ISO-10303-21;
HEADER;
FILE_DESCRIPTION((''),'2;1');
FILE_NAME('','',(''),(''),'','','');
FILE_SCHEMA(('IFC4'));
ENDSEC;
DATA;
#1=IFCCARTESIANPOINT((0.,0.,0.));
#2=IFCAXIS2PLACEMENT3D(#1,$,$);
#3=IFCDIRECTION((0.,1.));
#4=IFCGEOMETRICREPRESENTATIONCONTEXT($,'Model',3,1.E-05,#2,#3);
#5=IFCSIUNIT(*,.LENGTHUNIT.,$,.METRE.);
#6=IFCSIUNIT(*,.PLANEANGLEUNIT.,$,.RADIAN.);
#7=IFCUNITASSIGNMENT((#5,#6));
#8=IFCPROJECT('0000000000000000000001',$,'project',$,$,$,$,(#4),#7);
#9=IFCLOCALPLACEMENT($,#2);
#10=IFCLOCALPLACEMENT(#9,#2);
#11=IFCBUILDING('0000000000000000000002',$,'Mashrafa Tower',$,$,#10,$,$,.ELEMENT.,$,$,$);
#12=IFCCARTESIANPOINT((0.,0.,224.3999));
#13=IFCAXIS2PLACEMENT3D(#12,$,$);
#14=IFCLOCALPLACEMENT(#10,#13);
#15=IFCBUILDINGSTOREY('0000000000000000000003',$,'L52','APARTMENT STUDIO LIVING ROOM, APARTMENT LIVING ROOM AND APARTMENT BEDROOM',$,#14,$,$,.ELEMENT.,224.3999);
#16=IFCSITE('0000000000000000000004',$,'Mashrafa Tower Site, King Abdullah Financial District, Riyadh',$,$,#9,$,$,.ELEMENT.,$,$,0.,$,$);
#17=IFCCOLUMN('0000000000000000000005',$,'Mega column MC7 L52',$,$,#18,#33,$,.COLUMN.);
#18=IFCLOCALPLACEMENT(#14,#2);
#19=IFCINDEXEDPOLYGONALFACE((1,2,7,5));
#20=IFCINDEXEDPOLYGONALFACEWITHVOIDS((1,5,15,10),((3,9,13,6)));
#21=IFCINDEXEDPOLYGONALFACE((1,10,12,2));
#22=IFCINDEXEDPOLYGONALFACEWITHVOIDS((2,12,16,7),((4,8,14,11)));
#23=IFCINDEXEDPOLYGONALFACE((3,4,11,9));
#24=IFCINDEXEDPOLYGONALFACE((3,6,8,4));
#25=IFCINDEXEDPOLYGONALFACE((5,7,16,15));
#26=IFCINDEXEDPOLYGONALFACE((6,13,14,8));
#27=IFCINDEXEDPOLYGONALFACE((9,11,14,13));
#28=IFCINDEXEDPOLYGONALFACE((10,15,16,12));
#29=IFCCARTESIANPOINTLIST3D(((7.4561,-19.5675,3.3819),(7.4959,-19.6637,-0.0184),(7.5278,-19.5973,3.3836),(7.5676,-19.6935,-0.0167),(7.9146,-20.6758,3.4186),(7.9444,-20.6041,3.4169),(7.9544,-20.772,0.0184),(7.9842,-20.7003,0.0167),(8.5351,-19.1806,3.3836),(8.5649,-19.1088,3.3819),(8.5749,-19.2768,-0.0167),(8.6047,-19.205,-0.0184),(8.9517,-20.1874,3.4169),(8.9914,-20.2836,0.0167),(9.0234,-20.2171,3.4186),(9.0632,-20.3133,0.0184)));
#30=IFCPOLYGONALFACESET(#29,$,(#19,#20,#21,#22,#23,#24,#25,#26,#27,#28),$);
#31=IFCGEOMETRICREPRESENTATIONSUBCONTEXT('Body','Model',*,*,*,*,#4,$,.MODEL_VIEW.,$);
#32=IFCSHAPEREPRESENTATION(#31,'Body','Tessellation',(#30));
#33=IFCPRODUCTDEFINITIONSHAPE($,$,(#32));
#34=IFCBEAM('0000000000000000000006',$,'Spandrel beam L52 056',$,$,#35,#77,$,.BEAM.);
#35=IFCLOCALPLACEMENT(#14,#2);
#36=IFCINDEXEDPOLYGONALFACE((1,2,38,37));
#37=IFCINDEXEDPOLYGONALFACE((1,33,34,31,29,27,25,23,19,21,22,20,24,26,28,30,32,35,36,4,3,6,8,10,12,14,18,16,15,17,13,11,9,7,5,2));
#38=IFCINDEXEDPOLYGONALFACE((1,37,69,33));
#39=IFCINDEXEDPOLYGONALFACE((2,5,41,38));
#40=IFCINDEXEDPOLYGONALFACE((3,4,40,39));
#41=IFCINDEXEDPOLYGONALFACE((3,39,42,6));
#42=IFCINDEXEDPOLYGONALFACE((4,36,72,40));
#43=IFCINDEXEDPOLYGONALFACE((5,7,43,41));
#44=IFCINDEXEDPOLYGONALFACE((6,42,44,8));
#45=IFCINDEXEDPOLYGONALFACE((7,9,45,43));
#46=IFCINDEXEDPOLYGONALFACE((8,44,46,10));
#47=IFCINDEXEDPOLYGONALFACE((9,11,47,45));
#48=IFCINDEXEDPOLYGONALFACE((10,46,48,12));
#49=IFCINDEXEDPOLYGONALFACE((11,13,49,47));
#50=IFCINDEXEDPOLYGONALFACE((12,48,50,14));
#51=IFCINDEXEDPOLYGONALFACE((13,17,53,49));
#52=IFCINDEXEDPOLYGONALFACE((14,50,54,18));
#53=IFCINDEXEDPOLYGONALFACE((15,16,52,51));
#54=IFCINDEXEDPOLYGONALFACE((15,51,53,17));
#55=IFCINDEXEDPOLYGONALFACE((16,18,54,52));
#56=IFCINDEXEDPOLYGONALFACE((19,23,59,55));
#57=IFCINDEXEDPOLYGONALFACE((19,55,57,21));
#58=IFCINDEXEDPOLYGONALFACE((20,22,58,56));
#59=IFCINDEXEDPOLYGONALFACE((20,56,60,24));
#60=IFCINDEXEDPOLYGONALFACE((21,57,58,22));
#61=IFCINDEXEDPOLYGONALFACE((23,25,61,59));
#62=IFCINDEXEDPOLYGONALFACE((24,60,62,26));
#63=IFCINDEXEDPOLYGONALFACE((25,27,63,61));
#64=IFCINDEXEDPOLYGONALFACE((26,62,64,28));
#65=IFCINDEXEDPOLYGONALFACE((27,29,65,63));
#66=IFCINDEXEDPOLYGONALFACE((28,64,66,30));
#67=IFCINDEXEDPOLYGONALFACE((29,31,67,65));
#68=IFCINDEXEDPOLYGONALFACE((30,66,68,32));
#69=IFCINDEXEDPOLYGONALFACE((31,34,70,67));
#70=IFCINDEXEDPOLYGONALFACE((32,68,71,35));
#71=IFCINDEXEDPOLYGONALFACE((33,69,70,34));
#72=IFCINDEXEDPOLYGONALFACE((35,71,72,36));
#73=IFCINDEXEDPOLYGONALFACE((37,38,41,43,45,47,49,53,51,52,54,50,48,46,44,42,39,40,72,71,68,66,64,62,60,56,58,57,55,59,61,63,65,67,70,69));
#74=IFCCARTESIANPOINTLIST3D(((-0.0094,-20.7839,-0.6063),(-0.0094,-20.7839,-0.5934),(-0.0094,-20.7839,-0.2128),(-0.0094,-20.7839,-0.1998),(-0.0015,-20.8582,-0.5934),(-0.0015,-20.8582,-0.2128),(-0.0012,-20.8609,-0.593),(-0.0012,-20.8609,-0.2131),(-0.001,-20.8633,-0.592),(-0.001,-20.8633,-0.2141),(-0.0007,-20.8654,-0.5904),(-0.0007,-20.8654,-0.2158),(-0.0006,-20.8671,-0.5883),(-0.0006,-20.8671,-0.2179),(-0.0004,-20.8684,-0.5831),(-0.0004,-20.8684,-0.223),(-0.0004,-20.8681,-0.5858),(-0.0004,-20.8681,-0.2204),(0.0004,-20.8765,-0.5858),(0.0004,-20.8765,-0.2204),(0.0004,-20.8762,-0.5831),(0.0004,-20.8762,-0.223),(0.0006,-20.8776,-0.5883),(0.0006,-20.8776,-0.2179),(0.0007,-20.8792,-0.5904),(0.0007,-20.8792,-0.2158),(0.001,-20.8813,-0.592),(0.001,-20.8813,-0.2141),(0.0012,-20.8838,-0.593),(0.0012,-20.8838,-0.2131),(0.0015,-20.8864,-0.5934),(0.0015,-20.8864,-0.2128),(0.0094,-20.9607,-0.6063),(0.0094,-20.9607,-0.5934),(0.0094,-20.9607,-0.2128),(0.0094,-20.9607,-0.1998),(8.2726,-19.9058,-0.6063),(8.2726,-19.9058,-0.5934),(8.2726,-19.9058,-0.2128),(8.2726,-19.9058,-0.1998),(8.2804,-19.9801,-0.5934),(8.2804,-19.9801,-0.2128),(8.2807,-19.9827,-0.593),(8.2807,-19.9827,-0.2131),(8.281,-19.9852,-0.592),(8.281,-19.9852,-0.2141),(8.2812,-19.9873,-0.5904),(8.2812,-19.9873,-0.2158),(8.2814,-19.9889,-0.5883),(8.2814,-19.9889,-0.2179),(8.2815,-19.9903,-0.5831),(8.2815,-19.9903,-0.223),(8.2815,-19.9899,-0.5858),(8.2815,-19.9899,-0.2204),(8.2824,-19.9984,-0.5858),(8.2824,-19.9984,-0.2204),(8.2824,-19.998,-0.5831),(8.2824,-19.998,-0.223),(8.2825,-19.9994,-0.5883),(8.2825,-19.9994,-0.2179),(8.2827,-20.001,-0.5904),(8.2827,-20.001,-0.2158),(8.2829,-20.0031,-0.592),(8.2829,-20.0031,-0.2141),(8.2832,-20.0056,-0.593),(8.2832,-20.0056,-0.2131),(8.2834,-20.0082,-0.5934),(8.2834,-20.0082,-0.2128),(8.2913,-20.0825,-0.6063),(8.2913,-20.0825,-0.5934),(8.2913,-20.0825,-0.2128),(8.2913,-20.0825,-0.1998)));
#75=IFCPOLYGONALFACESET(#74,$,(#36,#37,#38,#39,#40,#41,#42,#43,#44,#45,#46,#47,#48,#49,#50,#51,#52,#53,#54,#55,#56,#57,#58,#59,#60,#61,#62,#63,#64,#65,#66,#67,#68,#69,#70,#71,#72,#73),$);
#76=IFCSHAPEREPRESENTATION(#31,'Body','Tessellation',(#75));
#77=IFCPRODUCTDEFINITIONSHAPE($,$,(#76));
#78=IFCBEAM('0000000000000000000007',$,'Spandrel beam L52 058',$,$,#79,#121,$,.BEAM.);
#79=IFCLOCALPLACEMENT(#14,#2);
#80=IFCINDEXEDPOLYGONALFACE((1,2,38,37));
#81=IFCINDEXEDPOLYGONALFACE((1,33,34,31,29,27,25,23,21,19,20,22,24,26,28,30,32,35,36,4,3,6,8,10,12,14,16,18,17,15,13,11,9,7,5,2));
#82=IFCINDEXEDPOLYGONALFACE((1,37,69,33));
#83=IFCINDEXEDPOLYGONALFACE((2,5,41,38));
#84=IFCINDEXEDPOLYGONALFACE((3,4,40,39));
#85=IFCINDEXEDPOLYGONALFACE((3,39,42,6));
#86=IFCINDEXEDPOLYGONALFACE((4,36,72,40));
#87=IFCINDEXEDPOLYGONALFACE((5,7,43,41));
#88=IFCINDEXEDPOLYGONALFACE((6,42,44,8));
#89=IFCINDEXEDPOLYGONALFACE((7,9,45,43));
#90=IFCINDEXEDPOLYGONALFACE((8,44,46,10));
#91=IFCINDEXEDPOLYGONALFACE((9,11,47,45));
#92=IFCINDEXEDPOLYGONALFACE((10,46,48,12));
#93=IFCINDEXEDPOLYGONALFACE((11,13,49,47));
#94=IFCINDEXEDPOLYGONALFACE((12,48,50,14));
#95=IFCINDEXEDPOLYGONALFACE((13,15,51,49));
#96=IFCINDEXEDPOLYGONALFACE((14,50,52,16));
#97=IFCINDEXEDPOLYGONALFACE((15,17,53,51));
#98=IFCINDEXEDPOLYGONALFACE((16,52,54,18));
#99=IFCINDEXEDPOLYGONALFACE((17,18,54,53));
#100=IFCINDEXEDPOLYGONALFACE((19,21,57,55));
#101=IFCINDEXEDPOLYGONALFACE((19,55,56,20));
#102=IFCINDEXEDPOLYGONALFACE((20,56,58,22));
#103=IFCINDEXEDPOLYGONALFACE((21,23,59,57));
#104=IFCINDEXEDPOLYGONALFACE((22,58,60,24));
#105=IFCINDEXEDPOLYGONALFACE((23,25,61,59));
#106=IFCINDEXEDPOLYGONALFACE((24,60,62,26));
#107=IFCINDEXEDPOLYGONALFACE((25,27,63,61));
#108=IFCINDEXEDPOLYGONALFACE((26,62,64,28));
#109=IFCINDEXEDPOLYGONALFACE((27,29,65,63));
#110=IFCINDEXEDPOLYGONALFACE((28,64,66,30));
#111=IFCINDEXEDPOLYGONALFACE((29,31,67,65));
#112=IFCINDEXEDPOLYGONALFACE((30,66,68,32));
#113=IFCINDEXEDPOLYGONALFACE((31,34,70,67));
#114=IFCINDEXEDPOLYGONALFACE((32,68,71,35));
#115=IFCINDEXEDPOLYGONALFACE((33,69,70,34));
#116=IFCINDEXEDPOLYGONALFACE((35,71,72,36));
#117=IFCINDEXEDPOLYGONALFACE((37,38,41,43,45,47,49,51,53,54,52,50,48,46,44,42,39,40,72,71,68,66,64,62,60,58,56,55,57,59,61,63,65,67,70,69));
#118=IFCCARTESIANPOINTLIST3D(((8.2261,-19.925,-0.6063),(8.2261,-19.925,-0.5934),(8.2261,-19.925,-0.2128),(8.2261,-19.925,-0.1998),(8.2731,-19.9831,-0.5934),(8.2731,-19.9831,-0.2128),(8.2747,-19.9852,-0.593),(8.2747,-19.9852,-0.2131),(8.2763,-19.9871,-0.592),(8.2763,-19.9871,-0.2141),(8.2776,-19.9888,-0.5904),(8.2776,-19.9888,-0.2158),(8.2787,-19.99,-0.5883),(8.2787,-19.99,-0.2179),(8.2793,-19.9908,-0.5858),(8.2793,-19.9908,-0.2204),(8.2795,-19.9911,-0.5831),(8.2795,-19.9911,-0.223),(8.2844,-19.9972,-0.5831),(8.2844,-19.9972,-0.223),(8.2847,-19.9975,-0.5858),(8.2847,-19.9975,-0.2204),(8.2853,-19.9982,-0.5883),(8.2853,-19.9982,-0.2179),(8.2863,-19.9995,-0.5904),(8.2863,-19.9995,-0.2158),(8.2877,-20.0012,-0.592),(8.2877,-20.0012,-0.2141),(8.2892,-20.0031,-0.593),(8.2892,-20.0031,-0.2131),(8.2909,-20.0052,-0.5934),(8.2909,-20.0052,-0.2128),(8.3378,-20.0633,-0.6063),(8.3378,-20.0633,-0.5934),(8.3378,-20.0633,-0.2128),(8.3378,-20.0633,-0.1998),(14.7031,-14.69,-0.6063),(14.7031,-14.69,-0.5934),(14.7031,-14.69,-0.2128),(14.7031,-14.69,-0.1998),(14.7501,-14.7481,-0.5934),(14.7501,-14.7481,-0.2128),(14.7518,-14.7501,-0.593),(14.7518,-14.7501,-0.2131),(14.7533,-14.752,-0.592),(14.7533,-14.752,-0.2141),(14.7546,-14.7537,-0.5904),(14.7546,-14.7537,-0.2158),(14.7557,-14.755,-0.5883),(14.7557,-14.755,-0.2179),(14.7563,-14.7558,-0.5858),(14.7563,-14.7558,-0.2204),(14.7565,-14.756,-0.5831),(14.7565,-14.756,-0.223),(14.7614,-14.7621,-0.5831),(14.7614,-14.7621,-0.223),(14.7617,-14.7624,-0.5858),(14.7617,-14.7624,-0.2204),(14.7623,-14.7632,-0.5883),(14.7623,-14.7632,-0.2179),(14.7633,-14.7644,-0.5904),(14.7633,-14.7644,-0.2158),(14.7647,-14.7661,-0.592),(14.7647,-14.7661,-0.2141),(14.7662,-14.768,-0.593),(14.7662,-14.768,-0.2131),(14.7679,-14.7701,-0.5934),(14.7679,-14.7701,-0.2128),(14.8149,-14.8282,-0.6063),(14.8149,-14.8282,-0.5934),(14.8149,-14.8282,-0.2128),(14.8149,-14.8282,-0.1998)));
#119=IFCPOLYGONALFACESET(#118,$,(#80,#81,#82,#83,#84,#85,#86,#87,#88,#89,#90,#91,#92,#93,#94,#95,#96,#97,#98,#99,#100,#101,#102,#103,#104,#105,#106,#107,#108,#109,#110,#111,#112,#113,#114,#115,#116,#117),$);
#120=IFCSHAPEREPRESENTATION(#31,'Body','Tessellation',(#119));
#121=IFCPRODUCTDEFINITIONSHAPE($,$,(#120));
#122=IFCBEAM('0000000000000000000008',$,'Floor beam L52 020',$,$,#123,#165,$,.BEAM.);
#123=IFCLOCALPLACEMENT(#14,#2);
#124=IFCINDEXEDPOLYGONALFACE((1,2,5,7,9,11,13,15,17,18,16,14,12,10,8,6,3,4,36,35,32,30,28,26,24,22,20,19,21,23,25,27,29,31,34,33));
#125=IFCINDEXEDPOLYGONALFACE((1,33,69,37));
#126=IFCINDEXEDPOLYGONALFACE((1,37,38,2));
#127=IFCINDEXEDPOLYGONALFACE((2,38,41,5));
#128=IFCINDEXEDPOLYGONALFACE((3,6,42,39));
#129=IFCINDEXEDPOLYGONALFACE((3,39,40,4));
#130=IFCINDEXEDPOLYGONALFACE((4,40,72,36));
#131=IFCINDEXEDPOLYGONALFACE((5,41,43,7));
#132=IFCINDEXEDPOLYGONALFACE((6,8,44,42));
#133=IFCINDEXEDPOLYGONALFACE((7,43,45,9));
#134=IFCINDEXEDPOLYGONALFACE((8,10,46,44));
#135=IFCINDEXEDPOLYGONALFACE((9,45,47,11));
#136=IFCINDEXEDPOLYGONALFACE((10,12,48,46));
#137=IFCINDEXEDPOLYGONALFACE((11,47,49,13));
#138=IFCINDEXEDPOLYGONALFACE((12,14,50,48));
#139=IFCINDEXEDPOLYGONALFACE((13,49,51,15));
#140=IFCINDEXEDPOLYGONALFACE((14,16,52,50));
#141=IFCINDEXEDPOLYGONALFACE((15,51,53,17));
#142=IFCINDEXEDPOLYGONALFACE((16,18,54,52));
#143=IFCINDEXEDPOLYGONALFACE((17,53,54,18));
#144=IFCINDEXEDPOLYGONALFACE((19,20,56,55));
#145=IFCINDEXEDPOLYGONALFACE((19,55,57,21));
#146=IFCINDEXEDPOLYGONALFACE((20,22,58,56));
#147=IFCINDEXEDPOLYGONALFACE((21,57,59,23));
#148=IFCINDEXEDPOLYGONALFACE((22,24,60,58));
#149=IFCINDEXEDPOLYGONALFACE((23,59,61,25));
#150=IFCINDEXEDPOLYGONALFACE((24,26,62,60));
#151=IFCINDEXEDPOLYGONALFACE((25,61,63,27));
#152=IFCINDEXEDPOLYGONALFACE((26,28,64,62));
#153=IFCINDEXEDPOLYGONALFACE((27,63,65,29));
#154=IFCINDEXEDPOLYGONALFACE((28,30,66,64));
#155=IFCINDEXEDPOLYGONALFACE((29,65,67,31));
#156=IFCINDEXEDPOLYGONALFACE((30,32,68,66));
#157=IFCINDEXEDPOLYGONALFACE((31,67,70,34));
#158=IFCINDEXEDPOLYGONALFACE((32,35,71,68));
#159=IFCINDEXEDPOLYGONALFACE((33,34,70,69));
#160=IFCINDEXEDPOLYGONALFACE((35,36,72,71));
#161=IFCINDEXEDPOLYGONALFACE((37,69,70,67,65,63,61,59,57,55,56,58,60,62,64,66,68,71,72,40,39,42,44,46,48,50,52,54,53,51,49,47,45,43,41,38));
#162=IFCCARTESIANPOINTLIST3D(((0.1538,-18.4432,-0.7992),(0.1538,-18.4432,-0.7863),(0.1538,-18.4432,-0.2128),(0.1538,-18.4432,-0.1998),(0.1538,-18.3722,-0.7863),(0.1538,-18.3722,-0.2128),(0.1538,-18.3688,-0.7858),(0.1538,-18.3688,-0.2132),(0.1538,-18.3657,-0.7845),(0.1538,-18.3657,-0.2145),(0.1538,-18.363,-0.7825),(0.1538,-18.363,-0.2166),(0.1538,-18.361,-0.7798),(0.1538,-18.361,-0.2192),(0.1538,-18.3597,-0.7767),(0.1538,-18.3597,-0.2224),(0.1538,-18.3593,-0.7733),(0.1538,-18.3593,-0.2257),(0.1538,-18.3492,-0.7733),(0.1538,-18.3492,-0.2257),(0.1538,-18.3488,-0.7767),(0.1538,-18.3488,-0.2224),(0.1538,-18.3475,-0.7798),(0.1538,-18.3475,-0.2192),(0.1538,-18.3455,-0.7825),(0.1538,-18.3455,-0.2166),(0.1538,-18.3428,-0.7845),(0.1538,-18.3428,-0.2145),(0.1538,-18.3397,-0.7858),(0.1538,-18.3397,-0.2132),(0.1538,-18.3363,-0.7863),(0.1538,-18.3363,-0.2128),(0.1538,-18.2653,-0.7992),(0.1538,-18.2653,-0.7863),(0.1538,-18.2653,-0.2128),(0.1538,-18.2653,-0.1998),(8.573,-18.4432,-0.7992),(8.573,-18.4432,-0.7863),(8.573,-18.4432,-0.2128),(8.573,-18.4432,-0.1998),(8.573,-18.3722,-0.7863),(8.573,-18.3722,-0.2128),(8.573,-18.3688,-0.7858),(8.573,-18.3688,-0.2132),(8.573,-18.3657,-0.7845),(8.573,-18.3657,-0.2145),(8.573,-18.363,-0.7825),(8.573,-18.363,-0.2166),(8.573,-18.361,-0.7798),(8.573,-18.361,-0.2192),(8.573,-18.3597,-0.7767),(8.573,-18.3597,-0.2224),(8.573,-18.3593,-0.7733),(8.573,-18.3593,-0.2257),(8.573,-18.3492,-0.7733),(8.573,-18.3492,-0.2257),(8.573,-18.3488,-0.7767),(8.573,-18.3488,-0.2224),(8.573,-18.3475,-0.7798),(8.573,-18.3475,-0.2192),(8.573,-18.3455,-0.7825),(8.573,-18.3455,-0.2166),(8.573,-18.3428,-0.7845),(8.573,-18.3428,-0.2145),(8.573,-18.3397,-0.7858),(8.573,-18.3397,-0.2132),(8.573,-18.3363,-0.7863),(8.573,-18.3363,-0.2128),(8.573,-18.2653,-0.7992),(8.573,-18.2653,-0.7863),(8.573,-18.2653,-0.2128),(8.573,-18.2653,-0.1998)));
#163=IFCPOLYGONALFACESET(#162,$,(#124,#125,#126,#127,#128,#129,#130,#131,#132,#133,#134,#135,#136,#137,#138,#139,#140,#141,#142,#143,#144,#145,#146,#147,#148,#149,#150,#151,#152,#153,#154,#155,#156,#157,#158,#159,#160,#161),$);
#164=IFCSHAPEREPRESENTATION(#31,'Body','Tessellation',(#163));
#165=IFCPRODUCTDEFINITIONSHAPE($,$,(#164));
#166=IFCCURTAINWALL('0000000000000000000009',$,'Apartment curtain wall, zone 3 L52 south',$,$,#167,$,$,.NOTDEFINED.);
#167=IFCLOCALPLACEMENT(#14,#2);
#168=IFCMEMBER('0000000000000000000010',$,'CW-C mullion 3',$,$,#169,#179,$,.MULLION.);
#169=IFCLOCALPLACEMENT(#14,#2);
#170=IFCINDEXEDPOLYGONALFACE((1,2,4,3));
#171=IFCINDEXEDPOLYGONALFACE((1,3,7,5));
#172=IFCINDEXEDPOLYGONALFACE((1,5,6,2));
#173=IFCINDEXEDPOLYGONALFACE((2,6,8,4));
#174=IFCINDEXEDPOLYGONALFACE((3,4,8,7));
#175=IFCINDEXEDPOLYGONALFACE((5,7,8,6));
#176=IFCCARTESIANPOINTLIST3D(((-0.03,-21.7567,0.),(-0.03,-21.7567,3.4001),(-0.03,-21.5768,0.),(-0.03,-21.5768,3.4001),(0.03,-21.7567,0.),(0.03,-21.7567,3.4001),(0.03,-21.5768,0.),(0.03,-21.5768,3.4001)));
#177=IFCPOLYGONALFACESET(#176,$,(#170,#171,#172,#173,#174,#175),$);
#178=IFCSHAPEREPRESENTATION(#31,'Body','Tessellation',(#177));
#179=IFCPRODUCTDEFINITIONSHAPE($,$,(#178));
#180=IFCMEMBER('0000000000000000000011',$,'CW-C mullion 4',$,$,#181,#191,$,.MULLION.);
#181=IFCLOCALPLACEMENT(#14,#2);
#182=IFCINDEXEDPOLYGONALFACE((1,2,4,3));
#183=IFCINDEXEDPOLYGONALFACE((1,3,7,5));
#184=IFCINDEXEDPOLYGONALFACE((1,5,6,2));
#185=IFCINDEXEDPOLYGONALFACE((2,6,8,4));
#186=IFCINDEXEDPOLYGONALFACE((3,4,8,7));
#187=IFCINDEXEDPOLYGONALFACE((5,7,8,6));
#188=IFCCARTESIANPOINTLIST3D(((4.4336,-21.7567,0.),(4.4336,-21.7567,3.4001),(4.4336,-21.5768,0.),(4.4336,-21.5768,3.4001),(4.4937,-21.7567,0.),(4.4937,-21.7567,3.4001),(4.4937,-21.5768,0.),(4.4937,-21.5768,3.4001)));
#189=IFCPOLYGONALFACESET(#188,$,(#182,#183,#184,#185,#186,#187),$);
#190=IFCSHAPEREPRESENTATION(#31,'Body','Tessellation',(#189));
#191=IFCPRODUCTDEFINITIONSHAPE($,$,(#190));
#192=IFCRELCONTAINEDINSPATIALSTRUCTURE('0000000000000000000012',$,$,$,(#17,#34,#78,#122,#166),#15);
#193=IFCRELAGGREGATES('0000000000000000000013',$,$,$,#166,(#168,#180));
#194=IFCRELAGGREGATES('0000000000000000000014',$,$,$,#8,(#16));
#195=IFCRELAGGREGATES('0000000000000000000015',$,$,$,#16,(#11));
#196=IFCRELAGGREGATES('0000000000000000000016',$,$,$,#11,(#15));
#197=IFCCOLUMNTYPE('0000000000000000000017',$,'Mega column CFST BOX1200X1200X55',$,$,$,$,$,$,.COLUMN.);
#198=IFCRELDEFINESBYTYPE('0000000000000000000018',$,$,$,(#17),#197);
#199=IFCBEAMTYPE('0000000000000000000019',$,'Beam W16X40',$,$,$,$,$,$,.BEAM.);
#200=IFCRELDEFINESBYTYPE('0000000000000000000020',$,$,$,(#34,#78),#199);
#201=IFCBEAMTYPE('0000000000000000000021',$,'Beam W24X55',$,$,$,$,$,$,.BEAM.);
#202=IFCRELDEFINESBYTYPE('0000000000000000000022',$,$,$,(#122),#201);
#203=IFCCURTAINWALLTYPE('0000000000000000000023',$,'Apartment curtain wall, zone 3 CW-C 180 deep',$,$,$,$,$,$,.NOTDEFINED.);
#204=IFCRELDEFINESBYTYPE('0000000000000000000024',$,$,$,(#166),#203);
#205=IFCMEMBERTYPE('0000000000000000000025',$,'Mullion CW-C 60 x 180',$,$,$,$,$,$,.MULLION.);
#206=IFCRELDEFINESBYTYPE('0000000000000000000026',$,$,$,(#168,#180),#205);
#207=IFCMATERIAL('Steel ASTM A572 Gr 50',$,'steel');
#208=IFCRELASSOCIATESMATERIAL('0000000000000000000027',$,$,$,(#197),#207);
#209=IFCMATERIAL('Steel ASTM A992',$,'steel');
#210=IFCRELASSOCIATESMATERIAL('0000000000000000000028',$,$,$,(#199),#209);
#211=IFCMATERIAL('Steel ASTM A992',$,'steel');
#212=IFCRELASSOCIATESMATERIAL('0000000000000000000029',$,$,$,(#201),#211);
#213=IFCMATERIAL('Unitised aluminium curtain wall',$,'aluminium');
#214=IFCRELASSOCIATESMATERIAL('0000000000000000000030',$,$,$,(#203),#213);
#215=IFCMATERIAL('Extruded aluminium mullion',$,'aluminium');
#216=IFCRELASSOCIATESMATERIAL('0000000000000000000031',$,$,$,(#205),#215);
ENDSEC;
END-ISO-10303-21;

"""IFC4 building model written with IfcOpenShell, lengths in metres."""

from ifc_helpers import new_model, si_unit, direction, frame, origin, origin_2d, place, context, subcontext, project, spatial, rectangle, hollow_rectangle, i_section, extrude, source, transform, mapped, material, material_profile, profile_set, type_object, type_shapes, element, aggregate, save


model = new_model("IFC4")

# Units and contexts
model_context = context("Model", 3, precision=1e-05, world=origin(), true_north=direction((0.0, 1.0)))
body_context = subcontext(model_context, "Body", "Model", "MODEL_VIEW")
ifc_project = project(units=[si_unit("LENGTHUNIT", "METRE"), si_unit("PLANEANGLEUNIT", "RADIAN")], contexts=[model_context])

# Site, building, storey
site_placement = place(None, origin())
site = spatial("IfcSite", under=ifc_project, at=site_placement, Name="Mashrafa Tower Site, King Abdullah Financial District, Riyadh", CompositionType="ELEMENT", RefElevation=0.0)
building_placement = place(site_placement, origin())
building = spatial("IfcBuilding", under=site, at=building_placement, Name="Mashrafa Tower", CompositionType="ELEMENT")
storey_placement = place(building_placement, frame((0.0, 0.0, 224.3999)))
storey = spatial("IfcBuildingStorey", under=building, at=storey_placement, Name="L52", Description="APARTMENT STUDIO LIVING ROOM, APARTMENT LIVING ROOM AND APARTMENT BEDROOM", CompositionType="ELEMENT", Elevation=224.3999)

# Column
ifc_material_1 = material(Name="Steel ASTM A572 Gr 50", Category="steel")
ifc_material_profile_1 = material_profile(ifc_material_1, hollow_rectangle(XDim=1.2, YDim=1.2, WallThickness=0.0549, at=origin_2d()), Name="BOX1200X1200X55")
ifc_profile_set_1 = profile_set([ifc_material_profile_1], Name="Steel ASTM A572 Gr 50")
column_type = type_object("IfcColumnType", Name="Mega column CFST BOX1200X1200X55", PredefinedType="COLUMN", material=ifc_profile_set_1)
column_placement = place(storey_placement, frame((8.2795, -19.9885, 0.0), z_axis=(-0.011698, 0.028277, 0.999532), x_axis=(-0.924045, -0.382283, 0.0)))
element("IfcColumn", 1, at=column_placement, inside=storey, type_object=column_type, Name="Mega column MC7 L52", PredefinedType="COLUMN", context=body_context, shape_type="SweptSolid", body=[
    extrude(hollow_rectangle(XDim=1.2, YDim=1.2, WallThickness=0.0549, at=origin_2d()), origin(), (0.0, 0.0, 1.0), 3.4019),
])

# Beams
ifc_material_2 = material(Name="Steel ASTM A992", Category="steel")
ifc_material_profile_2 = material_profile(ifc_material_2, i_section(OverallWidth=0.1777, OverallDepth=0.4065, WebThickness=0.0078, FlangeThickness=0.0129, FilletRadius=0.0103, at=origin_2d()), Name="W16X40")
ifc_profile_set_2 = profile_set([ifc_material_profile_2], Name="Steel ASTM A992")
beam_type_1 = type_object("IfcBeamType", Name="Beam W16X40", PredefinedType="BEAM", material=ifc_profile_set_2)
beam_1_placement = place(storey_placement, frame((0.0, -20.8723, -0.4031), z_axis=(0.994425, 0.105443, 0.0), x_axis=(-0.105443, 0.994425, 0.0)))
element("IfcBeam", 2, at=beam_1_placement, inside=storey, type_object=beam_type_1, Name="Spandrel beam L52 056", PredefinedType="BEAM", context=body_context, shape_type="SweptSolid", body=[
    extrude(i_section(OverallWidth=0.1777, OverallDepth=0.4065, WebThickness=0.0078, FlangeThickness=0.0129, FilletRadius=0.0103, at=origin_2d()), origin(), (0.0, 0.0, 1.0), 8.3284),
])
beam_2_placement = place(storey_placement, frame((8.282, -19.9941, -0.4031), z_axis=(0.777727, 0.628602, 0.0), x_axis=(-0.628602, 0.777727, 0.0)))
element("IfcBeam", 3, at=beam_2_placement, inside=storey, type_object=beam_type_1, Name="Spandrel beam L52 058", PredefinedType="BEAM", context=body_context, shape_type="SweptSolid", body=[
    extrude(i_section(OverallWidth=0.1777, OverallDepth=0.4065, WebThickness=0.0078, FlangeThickness=0.0129, FilletRadius=0.0103, at=origin_2d()), origin(), (0.0, 0.0, 1.0), 8.3281),
])
ifc_material_3 = material(Name="Steel ASTM A992", Category="steel")
ifc_material_profile_3 = material_profile(ifc_material_3, i_section(OverallWidth=0.178, OverallDepth=0.5994, WebThickness=0.01, FlangeThickness=0.0129, FilletRadius=0.0129, at=origin_2d()), Name="W24X55")
ifc_profile_set_3 = profile_set([ifc_material_profile_3], Name="Steel ASTM A992")
beam_type_2 = type_object("IfcBeamType", Name="Beam W24X55", PredefinedType="BEAM", material=ifc_profile_set_3)
beam_3_placement = place(storey_placement, frame((8.573, -18.3542, -0.4995), z_axis=(-1.0, 0.0, 0.0), x_axis=(0.0, -1.0, 0.0)))
element("IfcBeam", 4, at=beam_3_placement, inside=storey, type_object=beam_type_2, Name="Floor beam L52 020", PredefinedType="BEAM", context=body_context, shape_type="SweptSolid", body=[
    extrude(i_section(OverallWidth=0.178, OverallDepth=0.5994, WebThickness=0.01, FlangeThickness=0.0129, FilletRadius=0.0129, at=origin_2d()), origin(), (0.0, 0.0, 1.0), 8.4192),
])

# Curtain wall, members
ifc_material_4 = material(Name="Unitised aluminium curtain wall", Category="aluminium")
curtain_wall_type = type_object("IfcCurtainWallType", Name="Apartment curtain wall, zone 3 CW-C 180 deep", PredefinedType="NOTDEFINED", material=ifc_material_4)
curtain_wall_1_placement = place(storey_placement, origin())
curtain_wall_1 = element("IfcCurtainWall", 5, at=curtain_wall_1_placement, inside=storey, type_object=curtain_wall_type, Name="Apartment curtain wall, zone 3 L52 south", PredefinedType="NOTDEFINED")
ifc_material_5 = material(Name="Extruded aluminium mullion", Category="aluminium")
ifc_material_profile_4 = material_profile(ifc_material_5, rectangle(XDim=0.1799, YDim=0.0601, at=origin_2d()), Name="Mullion 60x180")
ifc_profile_set_4 = profile_set([ifc_material_profile_4], Name="Extruded aluminium mullion")
member_type_1 = type_object("IfcMemberType", Name="Mullion CW-C 60 x 180", PredefinedType="MULLION", material=ifc_profile_set_4)
shared_shape_1 = source(origin(), body_context, "Body", "SweptSolid", [
    extrude(rectangle(XDim=0.1799, YDim=0.0601, at=origin_2d()), origin(), (0.0, 0.0, 1.0), 3.4001),
])
type_shapes(member_type_1, [shared_shape_1])
member_1_placement = place(storey_placement, frame((0.0, -21.6667, 0.0), z_axis=(0.0, 0.0, 1.0), x_axis=(0.0, 1.0, 0.0)))
member_1 = element("IfcMember", 6, at=member_1_placement, type_object=member_type_1, Name="CW-C mullion 3", PredefinedType="MULLION", context=body_context, shape_type="MappedRepresentation", body=[
    mapped(shared_shape_1, transform((0.0, 0.0, 0.0))),
])
member_2_placement = place(storey_placement, frame((4.4636, -21.6667, 0.0), z_axis=(0.0, 0.0, 1.0), x_axis=(0.0, 1.0, 0.0)))
member_2 = element("IfcMember", 7, at=member_2_placement, type_object=member_type_1, Name="CW-C mullion 4", PredefinedType="MULLION", context=body_context, shape_type="MappedRepresentation", body=[
    mapped(shared_shape_1, transform((0.0, 0.0, 0.0))),
])

aggregate(curtain_wall_1, [member_1, member_2])

save(model, "model.ifc")
